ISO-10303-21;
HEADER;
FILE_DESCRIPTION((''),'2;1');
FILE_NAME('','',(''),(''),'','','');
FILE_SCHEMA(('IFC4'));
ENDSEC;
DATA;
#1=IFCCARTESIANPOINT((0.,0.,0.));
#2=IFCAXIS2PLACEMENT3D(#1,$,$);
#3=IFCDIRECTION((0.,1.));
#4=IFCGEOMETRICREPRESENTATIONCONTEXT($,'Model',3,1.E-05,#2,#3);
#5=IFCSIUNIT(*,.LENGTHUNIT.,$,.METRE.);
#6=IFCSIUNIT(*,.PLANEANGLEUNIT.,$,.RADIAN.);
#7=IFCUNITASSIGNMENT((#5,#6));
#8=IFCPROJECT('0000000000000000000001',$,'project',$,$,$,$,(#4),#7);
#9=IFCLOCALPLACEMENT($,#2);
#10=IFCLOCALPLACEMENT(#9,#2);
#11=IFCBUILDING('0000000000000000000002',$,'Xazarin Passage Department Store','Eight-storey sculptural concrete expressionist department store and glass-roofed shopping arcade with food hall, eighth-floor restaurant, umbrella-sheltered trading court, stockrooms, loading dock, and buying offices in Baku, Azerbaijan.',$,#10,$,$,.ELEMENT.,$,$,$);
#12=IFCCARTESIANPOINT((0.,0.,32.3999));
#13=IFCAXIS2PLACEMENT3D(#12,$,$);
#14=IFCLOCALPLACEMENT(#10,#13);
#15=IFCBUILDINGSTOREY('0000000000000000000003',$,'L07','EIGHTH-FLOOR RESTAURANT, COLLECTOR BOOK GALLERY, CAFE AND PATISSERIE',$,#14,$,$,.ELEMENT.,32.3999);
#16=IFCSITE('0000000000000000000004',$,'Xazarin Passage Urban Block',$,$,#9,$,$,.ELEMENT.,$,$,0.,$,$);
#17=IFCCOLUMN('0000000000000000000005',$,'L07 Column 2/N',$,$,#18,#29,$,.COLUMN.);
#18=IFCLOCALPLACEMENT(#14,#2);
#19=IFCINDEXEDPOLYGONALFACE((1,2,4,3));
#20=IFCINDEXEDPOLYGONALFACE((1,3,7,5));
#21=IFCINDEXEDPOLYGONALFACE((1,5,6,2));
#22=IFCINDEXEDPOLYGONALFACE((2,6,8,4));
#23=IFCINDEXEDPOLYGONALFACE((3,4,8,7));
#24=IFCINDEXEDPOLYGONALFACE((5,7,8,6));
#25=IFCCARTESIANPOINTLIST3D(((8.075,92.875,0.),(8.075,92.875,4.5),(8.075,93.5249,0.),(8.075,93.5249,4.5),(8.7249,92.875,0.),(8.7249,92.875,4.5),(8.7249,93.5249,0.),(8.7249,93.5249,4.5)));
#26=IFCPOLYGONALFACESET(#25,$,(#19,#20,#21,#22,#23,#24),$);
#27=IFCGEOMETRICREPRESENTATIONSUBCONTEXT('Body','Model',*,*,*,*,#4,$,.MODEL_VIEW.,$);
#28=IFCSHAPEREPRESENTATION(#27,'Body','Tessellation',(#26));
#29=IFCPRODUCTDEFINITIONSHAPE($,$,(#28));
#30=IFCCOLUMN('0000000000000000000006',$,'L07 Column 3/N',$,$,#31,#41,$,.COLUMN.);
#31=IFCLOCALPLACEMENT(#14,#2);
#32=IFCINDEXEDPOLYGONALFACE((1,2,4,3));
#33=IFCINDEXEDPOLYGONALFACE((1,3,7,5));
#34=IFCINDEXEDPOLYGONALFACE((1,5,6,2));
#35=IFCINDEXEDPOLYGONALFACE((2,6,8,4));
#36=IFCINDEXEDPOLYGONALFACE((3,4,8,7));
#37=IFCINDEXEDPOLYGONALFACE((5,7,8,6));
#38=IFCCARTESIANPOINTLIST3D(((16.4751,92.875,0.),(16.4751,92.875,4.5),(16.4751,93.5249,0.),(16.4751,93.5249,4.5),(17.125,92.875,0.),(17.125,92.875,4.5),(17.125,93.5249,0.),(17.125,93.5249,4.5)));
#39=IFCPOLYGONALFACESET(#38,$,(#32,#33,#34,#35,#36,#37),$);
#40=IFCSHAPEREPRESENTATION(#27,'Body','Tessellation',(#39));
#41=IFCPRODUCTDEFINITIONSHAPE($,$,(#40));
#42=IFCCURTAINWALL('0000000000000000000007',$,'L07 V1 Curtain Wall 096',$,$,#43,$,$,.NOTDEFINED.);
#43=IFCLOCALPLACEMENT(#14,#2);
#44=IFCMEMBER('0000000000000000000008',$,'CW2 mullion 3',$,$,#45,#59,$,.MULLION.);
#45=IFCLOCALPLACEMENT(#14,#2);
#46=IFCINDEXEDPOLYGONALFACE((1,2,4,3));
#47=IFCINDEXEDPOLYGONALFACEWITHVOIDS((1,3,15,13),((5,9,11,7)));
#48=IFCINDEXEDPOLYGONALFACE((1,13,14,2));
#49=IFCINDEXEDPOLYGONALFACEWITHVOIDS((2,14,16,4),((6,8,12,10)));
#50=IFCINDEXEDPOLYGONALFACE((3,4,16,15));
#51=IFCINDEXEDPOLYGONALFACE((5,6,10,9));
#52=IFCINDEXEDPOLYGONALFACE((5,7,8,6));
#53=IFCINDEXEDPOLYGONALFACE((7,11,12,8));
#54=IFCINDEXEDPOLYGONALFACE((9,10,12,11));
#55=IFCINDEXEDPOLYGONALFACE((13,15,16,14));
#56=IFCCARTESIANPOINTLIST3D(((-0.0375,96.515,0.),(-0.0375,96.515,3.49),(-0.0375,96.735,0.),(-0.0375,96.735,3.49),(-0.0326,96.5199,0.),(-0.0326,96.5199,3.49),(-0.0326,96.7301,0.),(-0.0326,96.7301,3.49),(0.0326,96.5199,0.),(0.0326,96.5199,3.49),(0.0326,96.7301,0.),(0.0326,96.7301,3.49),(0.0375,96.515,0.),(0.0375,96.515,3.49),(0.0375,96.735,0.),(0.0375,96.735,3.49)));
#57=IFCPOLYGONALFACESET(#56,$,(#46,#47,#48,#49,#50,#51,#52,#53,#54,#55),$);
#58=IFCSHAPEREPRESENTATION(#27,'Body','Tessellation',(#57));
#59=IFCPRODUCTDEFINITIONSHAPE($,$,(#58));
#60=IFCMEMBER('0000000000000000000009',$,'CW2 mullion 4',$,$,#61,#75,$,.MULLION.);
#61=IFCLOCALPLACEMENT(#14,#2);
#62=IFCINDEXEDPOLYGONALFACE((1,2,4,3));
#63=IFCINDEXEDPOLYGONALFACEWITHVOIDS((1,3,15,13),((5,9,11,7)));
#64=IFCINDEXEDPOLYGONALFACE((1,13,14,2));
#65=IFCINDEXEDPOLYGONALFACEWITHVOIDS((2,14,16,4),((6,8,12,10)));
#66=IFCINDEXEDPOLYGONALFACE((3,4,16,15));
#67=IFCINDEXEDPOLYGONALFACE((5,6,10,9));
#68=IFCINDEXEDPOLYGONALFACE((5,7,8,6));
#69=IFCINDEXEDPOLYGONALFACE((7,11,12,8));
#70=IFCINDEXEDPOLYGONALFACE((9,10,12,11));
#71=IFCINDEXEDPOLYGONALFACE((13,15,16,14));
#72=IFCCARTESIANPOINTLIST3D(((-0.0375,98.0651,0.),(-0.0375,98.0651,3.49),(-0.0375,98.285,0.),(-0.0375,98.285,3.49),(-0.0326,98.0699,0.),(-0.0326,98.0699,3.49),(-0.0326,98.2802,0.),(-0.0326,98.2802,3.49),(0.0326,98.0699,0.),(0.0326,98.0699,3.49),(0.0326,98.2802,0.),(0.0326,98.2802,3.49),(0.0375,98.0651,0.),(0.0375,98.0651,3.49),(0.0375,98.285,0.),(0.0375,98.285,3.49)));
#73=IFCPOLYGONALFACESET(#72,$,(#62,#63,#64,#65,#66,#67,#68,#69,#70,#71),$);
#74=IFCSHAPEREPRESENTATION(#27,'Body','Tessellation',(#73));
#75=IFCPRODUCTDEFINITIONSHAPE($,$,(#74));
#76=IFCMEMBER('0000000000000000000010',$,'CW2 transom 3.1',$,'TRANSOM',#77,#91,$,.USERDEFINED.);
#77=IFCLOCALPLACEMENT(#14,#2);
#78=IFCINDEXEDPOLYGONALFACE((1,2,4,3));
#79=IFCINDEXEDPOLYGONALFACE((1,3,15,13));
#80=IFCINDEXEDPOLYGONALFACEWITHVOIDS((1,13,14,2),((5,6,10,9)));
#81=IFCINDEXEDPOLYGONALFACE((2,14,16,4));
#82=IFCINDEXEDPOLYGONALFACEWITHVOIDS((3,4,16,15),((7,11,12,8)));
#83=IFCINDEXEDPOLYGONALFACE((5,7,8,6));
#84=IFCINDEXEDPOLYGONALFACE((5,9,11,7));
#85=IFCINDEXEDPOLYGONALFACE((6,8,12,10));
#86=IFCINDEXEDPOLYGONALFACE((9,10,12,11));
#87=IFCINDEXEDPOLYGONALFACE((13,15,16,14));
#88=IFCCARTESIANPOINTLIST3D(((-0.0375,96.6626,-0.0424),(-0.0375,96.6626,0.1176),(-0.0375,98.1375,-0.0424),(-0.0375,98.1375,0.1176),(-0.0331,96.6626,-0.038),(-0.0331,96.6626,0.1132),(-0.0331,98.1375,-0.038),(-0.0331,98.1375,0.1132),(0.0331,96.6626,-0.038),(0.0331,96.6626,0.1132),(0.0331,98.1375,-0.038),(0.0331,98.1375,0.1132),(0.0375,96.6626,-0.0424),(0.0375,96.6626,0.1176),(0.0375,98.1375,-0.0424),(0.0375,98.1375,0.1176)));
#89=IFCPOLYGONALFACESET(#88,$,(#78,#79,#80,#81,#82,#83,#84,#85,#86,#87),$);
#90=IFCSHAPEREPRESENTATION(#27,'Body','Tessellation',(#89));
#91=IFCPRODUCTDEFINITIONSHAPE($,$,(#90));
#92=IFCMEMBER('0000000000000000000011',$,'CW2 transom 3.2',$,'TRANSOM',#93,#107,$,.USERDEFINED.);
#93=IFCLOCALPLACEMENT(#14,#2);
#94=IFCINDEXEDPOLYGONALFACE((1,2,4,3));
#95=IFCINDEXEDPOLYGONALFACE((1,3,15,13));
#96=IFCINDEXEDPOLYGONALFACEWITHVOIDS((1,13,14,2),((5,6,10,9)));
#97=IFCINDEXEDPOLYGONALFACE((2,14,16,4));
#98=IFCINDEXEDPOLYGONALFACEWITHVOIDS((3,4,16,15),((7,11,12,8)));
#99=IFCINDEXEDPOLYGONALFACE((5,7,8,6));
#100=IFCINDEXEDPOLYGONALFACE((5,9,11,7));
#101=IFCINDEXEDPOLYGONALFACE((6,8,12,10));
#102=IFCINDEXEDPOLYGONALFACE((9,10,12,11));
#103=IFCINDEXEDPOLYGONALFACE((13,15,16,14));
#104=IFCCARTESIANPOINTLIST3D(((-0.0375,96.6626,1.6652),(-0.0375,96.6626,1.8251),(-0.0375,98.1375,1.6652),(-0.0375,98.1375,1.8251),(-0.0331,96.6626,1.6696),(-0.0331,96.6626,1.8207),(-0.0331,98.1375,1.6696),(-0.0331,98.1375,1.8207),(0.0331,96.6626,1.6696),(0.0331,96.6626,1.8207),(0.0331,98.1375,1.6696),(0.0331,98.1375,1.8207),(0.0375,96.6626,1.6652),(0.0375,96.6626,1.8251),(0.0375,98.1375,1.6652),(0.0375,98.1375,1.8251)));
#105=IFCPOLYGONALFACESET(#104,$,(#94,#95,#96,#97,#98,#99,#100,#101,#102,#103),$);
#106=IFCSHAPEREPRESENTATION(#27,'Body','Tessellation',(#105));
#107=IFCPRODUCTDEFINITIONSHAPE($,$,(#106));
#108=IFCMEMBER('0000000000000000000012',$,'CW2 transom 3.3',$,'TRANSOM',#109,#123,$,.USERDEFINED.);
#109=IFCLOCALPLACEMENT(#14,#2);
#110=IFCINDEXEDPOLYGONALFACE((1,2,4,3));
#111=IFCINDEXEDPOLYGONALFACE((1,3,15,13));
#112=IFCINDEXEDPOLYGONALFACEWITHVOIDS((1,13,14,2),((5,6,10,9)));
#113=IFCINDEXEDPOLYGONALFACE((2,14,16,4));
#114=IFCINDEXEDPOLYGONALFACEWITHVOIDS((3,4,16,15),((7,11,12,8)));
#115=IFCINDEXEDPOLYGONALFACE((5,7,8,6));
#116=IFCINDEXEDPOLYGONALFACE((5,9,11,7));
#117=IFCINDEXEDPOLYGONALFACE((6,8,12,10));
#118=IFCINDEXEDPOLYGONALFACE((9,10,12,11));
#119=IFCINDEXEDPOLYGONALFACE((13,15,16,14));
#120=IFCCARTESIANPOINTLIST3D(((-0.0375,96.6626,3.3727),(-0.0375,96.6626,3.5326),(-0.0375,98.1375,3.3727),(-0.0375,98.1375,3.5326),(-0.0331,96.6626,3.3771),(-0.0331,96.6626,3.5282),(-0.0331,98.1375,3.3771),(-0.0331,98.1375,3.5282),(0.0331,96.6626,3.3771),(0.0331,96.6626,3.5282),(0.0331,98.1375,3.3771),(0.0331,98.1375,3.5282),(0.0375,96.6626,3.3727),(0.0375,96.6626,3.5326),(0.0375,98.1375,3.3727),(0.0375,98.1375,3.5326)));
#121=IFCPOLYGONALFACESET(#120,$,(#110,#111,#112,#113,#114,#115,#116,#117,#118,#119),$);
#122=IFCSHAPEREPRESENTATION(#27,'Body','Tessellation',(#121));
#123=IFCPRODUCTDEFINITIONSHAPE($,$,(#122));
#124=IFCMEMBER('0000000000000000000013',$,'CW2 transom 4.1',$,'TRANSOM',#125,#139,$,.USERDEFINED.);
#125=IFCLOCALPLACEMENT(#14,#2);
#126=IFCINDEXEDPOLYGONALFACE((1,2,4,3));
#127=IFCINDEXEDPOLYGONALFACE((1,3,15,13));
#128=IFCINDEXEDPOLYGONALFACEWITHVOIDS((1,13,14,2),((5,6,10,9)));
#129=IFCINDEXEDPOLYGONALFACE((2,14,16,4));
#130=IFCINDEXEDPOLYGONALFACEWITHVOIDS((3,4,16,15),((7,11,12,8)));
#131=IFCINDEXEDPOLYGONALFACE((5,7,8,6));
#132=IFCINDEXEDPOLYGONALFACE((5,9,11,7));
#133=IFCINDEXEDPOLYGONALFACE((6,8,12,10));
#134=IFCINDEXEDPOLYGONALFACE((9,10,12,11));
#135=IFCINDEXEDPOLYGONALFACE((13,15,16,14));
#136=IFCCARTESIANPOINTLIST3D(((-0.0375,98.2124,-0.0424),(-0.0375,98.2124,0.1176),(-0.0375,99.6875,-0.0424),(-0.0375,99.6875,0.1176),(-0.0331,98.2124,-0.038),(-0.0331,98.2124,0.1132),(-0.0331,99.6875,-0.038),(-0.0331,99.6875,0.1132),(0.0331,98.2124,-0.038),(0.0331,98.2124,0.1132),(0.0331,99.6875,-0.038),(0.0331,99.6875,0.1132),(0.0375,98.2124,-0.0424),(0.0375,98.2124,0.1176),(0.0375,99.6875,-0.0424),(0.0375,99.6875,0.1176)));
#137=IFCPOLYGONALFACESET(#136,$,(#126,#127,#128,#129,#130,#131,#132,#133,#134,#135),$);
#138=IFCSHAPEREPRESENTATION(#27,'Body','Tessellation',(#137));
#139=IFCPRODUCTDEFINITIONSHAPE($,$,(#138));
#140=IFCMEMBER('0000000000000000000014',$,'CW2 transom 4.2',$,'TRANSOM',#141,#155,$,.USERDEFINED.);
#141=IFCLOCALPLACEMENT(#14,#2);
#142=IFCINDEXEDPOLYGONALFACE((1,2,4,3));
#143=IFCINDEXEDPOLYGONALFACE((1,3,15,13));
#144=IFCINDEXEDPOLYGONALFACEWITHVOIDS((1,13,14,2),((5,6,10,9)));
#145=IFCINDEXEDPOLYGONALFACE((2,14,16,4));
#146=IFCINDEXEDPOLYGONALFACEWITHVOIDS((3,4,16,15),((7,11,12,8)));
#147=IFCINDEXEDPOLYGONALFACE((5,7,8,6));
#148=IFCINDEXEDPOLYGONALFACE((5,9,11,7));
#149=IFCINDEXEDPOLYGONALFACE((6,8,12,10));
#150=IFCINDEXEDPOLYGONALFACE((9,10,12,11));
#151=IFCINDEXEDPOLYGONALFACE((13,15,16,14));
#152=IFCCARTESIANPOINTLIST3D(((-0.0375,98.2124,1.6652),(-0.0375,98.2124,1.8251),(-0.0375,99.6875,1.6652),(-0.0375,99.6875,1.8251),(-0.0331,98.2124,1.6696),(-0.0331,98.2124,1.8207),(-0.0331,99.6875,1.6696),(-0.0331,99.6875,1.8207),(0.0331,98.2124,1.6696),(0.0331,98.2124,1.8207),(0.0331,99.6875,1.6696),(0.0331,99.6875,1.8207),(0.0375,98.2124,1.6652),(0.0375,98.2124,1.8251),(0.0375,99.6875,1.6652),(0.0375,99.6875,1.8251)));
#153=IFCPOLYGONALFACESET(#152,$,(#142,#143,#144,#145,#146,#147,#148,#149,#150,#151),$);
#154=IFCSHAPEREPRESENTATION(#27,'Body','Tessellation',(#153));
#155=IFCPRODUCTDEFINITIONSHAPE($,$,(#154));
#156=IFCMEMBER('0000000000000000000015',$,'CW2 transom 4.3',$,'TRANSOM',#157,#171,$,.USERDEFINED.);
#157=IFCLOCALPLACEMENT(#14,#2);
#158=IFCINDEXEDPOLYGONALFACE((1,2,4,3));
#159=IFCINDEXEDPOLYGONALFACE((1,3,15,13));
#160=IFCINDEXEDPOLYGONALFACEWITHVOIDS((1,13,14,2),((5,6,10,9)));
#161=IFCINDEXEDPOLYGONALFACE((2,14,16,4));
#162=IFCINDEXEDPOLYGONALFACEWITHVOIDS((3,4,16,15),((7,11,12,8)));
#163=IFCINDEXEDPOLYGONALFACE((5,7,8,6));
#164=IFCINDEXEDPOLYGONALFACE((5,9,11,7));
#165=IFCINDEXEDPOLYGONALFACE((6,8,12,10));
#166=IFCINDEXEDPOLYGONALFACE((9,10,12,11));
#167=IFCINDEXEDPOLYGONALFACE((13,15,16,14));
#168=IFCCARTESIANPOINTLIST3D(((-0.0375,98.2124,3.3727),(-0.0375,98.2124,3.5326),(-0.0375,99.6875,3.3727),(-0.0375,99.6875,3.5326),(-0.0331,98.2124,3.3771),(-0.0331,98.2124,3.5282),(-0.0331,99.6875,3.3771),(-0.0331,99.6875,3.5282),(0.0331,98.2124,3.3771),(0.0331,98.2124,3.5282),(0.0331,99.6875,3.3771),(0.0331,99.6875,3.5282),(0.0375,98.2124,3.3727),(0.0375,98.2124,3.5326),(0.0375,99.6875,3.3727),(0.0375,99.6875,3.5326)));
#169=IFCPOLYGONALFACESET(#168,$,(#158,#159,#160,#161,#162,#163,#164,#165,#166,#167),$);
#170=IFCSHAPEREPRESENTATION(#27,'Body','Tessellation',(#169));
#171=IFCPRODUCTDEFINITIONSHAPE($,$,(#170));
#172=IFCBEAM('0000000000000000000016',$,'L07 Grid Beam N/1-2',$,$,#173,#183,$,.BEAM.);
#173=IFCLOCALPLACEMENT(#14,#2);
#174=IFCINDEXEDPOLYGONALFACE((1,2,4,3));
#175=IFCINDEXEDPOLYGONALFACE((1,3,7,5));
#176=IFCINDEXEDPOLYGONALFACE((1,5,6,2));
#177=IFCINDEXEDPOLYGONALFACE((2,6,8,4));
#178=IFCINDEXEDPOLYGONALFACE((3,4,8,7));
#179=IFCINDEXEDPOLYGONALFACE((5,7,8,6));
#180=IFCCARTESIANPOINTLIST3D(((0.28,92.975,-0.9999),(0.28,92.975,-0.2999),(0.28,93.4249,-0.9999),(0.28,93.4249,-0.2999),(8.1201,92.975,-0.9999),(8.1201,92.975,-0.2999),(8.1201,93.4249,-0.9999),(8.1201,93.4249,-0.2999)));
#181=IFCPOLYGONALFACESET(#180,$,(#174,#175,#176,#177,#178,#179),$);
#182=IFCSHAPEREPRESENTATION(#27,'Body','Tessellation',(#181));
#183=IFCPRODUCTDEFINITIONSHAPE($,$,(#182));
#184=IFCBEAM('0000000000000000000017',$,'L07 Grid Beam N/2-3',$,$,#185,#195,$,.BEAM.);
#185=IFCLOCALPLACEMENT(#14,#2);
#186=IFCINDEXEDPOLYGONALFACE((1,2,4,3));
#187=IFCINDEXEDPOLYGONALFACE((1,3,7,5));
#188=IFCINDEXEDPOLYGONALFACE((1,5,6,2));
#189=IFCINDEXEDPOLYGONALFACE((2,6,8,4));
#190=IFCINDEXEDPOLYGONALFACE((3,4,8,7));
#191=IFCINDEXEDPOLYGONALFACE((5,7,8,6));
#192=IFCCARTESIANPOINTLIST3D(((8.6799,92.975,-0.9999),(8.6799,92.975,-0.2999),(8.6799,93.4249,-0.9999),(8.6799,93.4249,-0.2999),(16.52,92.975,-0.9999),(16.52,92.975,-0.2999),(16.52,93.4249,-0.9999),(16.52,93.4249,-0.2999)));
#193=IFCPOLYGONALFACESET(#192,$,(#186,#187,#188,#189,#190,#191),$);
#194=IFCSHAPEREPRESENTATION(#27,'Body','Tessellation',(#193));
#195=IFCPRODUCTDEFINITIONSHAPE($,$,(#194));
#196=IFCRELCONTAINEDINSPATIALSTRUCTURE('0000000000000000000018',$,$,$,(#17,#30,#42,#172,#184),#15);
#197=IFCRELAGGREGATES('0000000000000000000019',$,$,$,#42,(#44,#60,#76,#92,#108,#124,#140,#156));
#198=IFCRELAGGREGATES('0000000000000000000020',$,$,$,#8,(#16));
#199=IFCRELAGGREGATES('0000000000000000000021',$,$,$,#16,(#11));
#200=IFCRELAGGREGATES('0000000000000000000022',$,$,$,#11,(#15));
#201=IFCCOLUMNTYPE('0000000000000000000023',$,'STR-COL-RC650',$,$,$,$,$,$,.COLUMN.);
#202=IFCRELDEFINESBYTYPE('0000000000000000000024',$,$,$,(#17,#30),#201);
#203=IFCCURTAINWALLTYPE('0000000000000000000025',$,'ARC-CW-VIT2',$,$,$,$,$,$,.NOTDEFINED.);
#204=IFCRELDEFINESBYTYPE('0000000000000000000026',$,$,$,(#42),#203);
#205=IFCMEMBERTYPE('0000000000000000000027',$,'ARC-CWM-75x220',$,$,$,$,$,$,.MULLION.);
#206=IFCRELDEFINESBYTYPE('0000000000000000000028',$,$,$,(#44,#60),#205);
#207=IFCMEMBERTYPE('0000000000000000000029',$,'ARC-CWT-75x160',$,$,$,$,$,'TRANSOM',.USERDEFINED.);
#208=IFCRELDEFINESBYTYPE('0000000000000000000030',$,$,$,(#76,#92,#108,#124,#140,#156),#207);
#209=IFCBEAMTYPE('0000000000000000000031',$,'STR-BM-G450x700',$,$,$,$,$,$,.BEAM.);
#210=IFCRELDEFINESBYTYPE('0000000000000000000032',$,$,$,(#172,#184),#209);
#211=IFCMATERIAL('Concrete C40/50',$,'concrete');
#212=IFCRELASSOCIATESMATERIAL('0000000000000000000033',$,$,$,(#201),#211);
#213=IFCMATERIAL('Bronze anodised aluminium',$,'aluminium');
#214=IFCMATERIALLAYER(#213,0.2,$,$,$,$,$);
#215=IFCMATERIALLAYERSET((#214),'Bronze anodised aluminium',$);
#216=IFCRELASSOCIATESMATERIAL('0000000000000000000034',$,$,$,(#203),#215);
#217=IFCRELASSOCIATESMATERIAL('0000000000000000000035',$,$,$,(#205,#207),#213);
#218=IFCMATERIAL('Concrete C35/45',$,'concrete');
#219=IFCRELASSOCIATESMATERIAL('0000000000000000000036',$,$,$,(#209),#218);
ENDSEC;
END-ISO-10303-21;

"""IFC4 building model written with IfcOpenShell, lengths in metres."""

from ifc_helpers import new_model, si_unit, direction, frame, origin, origin_2d, place, context, subcontext, project, spatial, rectangle, hollow_rectangle, extrude, material, layer, layer_set, material_profile, profile_set, type_object, element, aggregate, save


model = new_model("IFC4")

# Units and contexts
model_context = context("Model", 3, precision=1e-05, world=origin(), true_north=direction((0.0, 1.0)))
body_context = subcontext(model_context, "Body", "Model", "MODEL_VIEW")
ifc_project = project(units=[si_unit("LENGTHUNIT", "METRE"), si_unit("PLANEANGLEUNIT", "RADIAN")], contexts=[model_context])

# Site, building, storey
site_placement = place(None, origin())
site = spatial("IfcSite", under=ifc_project, at=site_placement, Name="Xazarin Passage Urban Block", CompositionType="ELEMENT", RefElevation=0.0)
building_placement = place(site_placement, origin())
building = spatial("IfcBuilding", under=site, at=building_placement, Name="Xazarin Passage Department Store", Description="Eight-storey sculptural concrete expressionist department store and glass-roofed shopping arcade with food hall, eighth-floor restaurant, umbrella-sheltered trading court, stockrooms, loading dock, and buying offices in Baku, Azerbaijan.", CompositionType="ELEMENT")
storey_placement = place(building_placement, frame((0.0, 0.0, 32.3999)))
storey = spatial("IfcBuildingStorey", under=building, at=storey_placement, Name="L07", Description="EIGHTH-FLOOR RESTAURANT, COLLECTOR BOOK GALLERY, CAFE AND PATISSERIE", CompositionType="ELEMENT", Elevation=32.3999)

# Columns
ifc_material_1 = material(Name="Concrete C40/50", Category="concrete")
ifc_material_profile_1 = material_profile(ifc_material_1, rectangle(XDim=0.6499, YDim=0.6499, at=origin_2d()), Name="RC 650x650")
ifc_profile_set_1 = profile_set([ifc_material_profile_1], Name="Concrete C40/50")
column_type = type_object("IfcColumnType", Name="STR-COL-RC650", PredefinedType="COLUMN", material=ifc_profile_set_1)
for number, where, z_axis, x_axis, name in (
    (1, (8.3999, 93.2, 0.0), (0.0, 0.0, 1.0), (1.0, 0.0, 0.0), "L07 Column 2/N"),
    (2, (16.8, 93.2, 0.0), (0.0, 0.0, 1.0), (1.0, 0.0, 0.0), "L07 Column 3/N"),
):
    element("IfcColumn", number, at=place(storey_placement, frame(where, z_axis=z_axis, x_axis=x_axis)), inside=storey, type_object=column_type, Name=name, PredefinedType="COLUMN", context=body_context, shape_type="SweptSolid", body=[
        extrude(rectangle(XDim=0.6499, YDim=0.6499, at=origin_2d()), origin(), (0.0, 0.0, 1.0), 4.5),
    ])

# Curtain wall, members
ifc_material_2 = material(Name="Bronze anodised aluminium", Category="aluminium")
ifc_layer_1 = layer(ifc_material_2, 0.2)
ifc_layer_set_1 = layer_set([ifc_layer_1], Name="Bronze anodised aluminium")
curtain_wall_type = type_object("IfcCurtainWallType", Name="ARC-CW-VIT2", PredefinedType="NOTDEFINED", material=ifc_layer_set_1)
curtain_wall_placement = place(storey_placement, origin())
curtain_wall = element("IfcCurtainWall", 3, at=curtain_wall_placement, inside=storey, type_object=curtain_wall_type, Name="L07 V1 Curtain Wall 096", PredefinedType="NOTDEFINED")
ifc_material_profile_2 = material_profile(ifc_material_2, hollow_rectangle(XDim=0.075, YDim=0.22, WallThickness=0.0049, at=origin_2d()), Name="ALU 75x220")
ifc_profile_set_2 = profile_set([ifc_material_profile_2], Name="Bronze anodised aluminium")
member_type_1 = type_object("IfcMemberType", Name="ARC-CWM-75x220", PredefinedType="MULLION", material=ifc_profile_set_2)
member_1_placement = place(storey_placement, frame((0.0, 96.625, 0.0), z_axis=(0.0, 0.0, 1.0), x_axis=(-1.0, 0.0, 0.0)))
member_1 = element("IfcMember", 4, at=member_1_placement, type_object=member_type_1, Name="CW2 mullion 3", PredefinedType="MULLION", context=body_context, shape_type="SweptSolid", body=[
    extrude(hollow_rectangle(XDim=0.075, YDim=0.22, WallThickness=0.0049, at=origin_2d()), origin(), (0.0, 0.0, 1.0), 3.49),
])
member_2_placement = place(storey_placement, frame((0.0, 98.175, 0.0), z_axis=(0.0, 0.0, 1.0), x_axis=(-1.0, 0.0, 0.0)))
member_2 = element("IfcMember", 5, at=member_2_placement, type_object=member_type_1, Name="CW2 mullion 4", PredefinedType="MULLION", context=body_context, shape_type="SweptSolid", body=[
    extrude(hollow_rectangle(XDim=0.075, YDim=0.22, WallThickness=0.0049, at=origin_2d()), origin(), (0.0, 0.0, 1.0), 3.49),
])
ifc_material_profile_3 = material_profile(ifc_material_2, hollow_rectangle(XDim=0.075, YDim=0.1599, WallThickness=0.0044, at=origin_2d()), Name="ALU 75x160")
ifc_profile_set_3 = profile_set([ifc_material_profile_3], Name="Bronze anodised aluminium")
member_type_2 = type_object("IfcMemberType", Name="ARC-CWT-75x160", ElementType="TRANSOM", PredefinedType="USERDEFINED", material=ifc_profile_set_3)
member_3_placement = place(storey_placement, frame((0.0, 96.6626, 0.0376), z_axis=(0.0, 1.0, 0.0), x_axis=(-1.0, 0.0, 0.0)))
member_3 = element("IfcMember", 6, at=member_3_placement, type_object=member_type_2, Name="CW2 transom 3.1", ObjectType="TRANSOM", PredefinedType="USERDEFINED", context=body_context, shape_type="SweptSolid", body=[
    extrude(hollow_rectangle(XDim=0.075, YDim=0.1599, WallThickness=0.0044, at=origin_2d()), origin(), (0.0, 0.0, 1.0), 1.4749),
])
member_4_placement = place(storey_placement, frame((0.0, 96.6626, 1.7451), z_axis=(0.0, 1.0, 0.0), x_axis=(-1.0, 0.0, 0.0)))
member_4 = element("IfcMember", 7, at=member_4_placement, type_object=member_type_2, Name="CW2 transom 3.2", ObjectType="TRANSOM", PredefinedType="USERDEFINED", context=body_context, shape_type="SweptSolid", body=[
    extrude(hollow_rectangle(XDim=0.075, YDim=0.1599, WallThickness=0.0044, at=origin_2d()), origin(), (0.0, 0.0, 1.0), 1.4749),
])
member_5_placement = place(storey_placement, frame((0.0, 96.6626, 3.4526), z_axis=(0.0, 1.0, 0.0), x_axis=(-1.0, 0.0, 0.0)))
member_5 = element("IfcMember", 8, at=member_5_placement, type_object=member_type_2, Name="CW2 transom 3.3", ObjectType="TRANSOM", PredefinedType="USERDEFINED", context=body_context, shape_type="SweptSolid", body=[
    extrude(hollow_rectangle(XDim=0.075, YDim=0.1599, WallThickness=0.0044, at=origin_2d()), origin(), (0.0, 0.0, 1.0), 1.4749),
])
member_6_placement = place(storey_placement, frame((0.0, 98.2124, 0.0376), z_axis=(0.0, 1.0, 0.0), x_axis=(-1.0, 0.0, 0.0)))
member_6 = element("IfcMember", 9, at=member_6_placement, type_object=member_type_2, Name="CW2 transom 4.1", ObjectType="TRANSOM", PredefinedType="USERDEFINED", context=body_context, shape_type="SweptSolid", body=[
    extrude(hollow_rectangle(XDim=0.075, YDim=0.1599, WallThickness=0.0044, at=origin_2d()), origin(), (0.0, 0.0, 1.0), 1.4751),
])
member_7_placement = place(storey_placement, frame((0.0, 98.2124, 1.7451), z_axis=(0.0, 1.0, 0.0), x_axis=(-1.0, 0.0, 0.0)))
member_7 = element("IfcMember", 10, at=member_7_placement, type_object=member_type_2, Name="CW2 transom 4.2", ObjectType="TRANSOM", PredefinedType="USERDEFINED", context=body_context, shape_type="SweptSolid", body=[
    extrude(hollow_rectangle(XDim=0.075, YDim=0.1599, WallThickness=0.0044, at=origin_2d()), origin(), (0.0, 0.0, 1.0), 1.4751),
])
member_8_placement = place(storey_placement, frame((0.0, 98.2124, 3.4526), z_axis=(0.0, 1.0, 0.0), x_axis=(-1.0, 0.0, 0.0)))
member_8 = element("IfcMember", 11, at=member_8_placement, type_object=member_type_2, Name="CW2 transom 4.3", ObjectType="TRANSOM", PredefinedType="USERDEFINED", context=body_context, shape_type="SweptSolid", body=[
    extrude(hollow_rectangle(XDim=0.075, YDim=0.1599, WallThickness=0.0044, at=origin_2d()), origin(), (0.0, 0.0, 1.0), 1.4751),
])

# Beams
ifc_material_3 = material(Name="Concrete C35/45", Category="concrete")
ifc_material_profile_4 = material_profile(ifc_material_3, rectangle(XDim=0.45, YDim=0.7, at=origin_2d()), Name="RC 450x700")
ifc_profile_set_4 = profile_set([ifc_material_profile_4], Name="Concrete C35/45")
beam_type_1 = type_object("IfcBeamType", Name="STR-BM-G450x700", PredefinedType="BEAM", material=ifc_profile_set_4)
for number, where, z_axis, x_axis, name in (
    (12, (0.28, 93.2, -0.6499), (1.0, 0.0, 0.0), (0.0, 1.0, 0.0), "L07 Grid Beam N/1-2"),
    (13, (8.6799, 93.2, -0.6499), (1.0, 0.0, 0.0), (0.0, 1.0, 0.0), "L07 Grid Beam N/2-3"),
):
    element("IfcBeam", number, at=place(storey_placement, frame(where, z_axis=z_axis, x_axis=x_axis)), inside=storey, type_object=beam_type_1, Name=name, PredefinedType="BEAM", context=body_context, shape_type="SweptSolid", body=[
        extrude(rectangle(XDim=0.45, YDim=0.7, at=origin_2d()), origin(), (0.0, 0.0, 1.0), 7.8401),
    ])

aggregate(curtain_wall, [member_1, member_2, member_3, member_4, member_5, member_6, member_7, member_8])

save(model, "model.ifc")
